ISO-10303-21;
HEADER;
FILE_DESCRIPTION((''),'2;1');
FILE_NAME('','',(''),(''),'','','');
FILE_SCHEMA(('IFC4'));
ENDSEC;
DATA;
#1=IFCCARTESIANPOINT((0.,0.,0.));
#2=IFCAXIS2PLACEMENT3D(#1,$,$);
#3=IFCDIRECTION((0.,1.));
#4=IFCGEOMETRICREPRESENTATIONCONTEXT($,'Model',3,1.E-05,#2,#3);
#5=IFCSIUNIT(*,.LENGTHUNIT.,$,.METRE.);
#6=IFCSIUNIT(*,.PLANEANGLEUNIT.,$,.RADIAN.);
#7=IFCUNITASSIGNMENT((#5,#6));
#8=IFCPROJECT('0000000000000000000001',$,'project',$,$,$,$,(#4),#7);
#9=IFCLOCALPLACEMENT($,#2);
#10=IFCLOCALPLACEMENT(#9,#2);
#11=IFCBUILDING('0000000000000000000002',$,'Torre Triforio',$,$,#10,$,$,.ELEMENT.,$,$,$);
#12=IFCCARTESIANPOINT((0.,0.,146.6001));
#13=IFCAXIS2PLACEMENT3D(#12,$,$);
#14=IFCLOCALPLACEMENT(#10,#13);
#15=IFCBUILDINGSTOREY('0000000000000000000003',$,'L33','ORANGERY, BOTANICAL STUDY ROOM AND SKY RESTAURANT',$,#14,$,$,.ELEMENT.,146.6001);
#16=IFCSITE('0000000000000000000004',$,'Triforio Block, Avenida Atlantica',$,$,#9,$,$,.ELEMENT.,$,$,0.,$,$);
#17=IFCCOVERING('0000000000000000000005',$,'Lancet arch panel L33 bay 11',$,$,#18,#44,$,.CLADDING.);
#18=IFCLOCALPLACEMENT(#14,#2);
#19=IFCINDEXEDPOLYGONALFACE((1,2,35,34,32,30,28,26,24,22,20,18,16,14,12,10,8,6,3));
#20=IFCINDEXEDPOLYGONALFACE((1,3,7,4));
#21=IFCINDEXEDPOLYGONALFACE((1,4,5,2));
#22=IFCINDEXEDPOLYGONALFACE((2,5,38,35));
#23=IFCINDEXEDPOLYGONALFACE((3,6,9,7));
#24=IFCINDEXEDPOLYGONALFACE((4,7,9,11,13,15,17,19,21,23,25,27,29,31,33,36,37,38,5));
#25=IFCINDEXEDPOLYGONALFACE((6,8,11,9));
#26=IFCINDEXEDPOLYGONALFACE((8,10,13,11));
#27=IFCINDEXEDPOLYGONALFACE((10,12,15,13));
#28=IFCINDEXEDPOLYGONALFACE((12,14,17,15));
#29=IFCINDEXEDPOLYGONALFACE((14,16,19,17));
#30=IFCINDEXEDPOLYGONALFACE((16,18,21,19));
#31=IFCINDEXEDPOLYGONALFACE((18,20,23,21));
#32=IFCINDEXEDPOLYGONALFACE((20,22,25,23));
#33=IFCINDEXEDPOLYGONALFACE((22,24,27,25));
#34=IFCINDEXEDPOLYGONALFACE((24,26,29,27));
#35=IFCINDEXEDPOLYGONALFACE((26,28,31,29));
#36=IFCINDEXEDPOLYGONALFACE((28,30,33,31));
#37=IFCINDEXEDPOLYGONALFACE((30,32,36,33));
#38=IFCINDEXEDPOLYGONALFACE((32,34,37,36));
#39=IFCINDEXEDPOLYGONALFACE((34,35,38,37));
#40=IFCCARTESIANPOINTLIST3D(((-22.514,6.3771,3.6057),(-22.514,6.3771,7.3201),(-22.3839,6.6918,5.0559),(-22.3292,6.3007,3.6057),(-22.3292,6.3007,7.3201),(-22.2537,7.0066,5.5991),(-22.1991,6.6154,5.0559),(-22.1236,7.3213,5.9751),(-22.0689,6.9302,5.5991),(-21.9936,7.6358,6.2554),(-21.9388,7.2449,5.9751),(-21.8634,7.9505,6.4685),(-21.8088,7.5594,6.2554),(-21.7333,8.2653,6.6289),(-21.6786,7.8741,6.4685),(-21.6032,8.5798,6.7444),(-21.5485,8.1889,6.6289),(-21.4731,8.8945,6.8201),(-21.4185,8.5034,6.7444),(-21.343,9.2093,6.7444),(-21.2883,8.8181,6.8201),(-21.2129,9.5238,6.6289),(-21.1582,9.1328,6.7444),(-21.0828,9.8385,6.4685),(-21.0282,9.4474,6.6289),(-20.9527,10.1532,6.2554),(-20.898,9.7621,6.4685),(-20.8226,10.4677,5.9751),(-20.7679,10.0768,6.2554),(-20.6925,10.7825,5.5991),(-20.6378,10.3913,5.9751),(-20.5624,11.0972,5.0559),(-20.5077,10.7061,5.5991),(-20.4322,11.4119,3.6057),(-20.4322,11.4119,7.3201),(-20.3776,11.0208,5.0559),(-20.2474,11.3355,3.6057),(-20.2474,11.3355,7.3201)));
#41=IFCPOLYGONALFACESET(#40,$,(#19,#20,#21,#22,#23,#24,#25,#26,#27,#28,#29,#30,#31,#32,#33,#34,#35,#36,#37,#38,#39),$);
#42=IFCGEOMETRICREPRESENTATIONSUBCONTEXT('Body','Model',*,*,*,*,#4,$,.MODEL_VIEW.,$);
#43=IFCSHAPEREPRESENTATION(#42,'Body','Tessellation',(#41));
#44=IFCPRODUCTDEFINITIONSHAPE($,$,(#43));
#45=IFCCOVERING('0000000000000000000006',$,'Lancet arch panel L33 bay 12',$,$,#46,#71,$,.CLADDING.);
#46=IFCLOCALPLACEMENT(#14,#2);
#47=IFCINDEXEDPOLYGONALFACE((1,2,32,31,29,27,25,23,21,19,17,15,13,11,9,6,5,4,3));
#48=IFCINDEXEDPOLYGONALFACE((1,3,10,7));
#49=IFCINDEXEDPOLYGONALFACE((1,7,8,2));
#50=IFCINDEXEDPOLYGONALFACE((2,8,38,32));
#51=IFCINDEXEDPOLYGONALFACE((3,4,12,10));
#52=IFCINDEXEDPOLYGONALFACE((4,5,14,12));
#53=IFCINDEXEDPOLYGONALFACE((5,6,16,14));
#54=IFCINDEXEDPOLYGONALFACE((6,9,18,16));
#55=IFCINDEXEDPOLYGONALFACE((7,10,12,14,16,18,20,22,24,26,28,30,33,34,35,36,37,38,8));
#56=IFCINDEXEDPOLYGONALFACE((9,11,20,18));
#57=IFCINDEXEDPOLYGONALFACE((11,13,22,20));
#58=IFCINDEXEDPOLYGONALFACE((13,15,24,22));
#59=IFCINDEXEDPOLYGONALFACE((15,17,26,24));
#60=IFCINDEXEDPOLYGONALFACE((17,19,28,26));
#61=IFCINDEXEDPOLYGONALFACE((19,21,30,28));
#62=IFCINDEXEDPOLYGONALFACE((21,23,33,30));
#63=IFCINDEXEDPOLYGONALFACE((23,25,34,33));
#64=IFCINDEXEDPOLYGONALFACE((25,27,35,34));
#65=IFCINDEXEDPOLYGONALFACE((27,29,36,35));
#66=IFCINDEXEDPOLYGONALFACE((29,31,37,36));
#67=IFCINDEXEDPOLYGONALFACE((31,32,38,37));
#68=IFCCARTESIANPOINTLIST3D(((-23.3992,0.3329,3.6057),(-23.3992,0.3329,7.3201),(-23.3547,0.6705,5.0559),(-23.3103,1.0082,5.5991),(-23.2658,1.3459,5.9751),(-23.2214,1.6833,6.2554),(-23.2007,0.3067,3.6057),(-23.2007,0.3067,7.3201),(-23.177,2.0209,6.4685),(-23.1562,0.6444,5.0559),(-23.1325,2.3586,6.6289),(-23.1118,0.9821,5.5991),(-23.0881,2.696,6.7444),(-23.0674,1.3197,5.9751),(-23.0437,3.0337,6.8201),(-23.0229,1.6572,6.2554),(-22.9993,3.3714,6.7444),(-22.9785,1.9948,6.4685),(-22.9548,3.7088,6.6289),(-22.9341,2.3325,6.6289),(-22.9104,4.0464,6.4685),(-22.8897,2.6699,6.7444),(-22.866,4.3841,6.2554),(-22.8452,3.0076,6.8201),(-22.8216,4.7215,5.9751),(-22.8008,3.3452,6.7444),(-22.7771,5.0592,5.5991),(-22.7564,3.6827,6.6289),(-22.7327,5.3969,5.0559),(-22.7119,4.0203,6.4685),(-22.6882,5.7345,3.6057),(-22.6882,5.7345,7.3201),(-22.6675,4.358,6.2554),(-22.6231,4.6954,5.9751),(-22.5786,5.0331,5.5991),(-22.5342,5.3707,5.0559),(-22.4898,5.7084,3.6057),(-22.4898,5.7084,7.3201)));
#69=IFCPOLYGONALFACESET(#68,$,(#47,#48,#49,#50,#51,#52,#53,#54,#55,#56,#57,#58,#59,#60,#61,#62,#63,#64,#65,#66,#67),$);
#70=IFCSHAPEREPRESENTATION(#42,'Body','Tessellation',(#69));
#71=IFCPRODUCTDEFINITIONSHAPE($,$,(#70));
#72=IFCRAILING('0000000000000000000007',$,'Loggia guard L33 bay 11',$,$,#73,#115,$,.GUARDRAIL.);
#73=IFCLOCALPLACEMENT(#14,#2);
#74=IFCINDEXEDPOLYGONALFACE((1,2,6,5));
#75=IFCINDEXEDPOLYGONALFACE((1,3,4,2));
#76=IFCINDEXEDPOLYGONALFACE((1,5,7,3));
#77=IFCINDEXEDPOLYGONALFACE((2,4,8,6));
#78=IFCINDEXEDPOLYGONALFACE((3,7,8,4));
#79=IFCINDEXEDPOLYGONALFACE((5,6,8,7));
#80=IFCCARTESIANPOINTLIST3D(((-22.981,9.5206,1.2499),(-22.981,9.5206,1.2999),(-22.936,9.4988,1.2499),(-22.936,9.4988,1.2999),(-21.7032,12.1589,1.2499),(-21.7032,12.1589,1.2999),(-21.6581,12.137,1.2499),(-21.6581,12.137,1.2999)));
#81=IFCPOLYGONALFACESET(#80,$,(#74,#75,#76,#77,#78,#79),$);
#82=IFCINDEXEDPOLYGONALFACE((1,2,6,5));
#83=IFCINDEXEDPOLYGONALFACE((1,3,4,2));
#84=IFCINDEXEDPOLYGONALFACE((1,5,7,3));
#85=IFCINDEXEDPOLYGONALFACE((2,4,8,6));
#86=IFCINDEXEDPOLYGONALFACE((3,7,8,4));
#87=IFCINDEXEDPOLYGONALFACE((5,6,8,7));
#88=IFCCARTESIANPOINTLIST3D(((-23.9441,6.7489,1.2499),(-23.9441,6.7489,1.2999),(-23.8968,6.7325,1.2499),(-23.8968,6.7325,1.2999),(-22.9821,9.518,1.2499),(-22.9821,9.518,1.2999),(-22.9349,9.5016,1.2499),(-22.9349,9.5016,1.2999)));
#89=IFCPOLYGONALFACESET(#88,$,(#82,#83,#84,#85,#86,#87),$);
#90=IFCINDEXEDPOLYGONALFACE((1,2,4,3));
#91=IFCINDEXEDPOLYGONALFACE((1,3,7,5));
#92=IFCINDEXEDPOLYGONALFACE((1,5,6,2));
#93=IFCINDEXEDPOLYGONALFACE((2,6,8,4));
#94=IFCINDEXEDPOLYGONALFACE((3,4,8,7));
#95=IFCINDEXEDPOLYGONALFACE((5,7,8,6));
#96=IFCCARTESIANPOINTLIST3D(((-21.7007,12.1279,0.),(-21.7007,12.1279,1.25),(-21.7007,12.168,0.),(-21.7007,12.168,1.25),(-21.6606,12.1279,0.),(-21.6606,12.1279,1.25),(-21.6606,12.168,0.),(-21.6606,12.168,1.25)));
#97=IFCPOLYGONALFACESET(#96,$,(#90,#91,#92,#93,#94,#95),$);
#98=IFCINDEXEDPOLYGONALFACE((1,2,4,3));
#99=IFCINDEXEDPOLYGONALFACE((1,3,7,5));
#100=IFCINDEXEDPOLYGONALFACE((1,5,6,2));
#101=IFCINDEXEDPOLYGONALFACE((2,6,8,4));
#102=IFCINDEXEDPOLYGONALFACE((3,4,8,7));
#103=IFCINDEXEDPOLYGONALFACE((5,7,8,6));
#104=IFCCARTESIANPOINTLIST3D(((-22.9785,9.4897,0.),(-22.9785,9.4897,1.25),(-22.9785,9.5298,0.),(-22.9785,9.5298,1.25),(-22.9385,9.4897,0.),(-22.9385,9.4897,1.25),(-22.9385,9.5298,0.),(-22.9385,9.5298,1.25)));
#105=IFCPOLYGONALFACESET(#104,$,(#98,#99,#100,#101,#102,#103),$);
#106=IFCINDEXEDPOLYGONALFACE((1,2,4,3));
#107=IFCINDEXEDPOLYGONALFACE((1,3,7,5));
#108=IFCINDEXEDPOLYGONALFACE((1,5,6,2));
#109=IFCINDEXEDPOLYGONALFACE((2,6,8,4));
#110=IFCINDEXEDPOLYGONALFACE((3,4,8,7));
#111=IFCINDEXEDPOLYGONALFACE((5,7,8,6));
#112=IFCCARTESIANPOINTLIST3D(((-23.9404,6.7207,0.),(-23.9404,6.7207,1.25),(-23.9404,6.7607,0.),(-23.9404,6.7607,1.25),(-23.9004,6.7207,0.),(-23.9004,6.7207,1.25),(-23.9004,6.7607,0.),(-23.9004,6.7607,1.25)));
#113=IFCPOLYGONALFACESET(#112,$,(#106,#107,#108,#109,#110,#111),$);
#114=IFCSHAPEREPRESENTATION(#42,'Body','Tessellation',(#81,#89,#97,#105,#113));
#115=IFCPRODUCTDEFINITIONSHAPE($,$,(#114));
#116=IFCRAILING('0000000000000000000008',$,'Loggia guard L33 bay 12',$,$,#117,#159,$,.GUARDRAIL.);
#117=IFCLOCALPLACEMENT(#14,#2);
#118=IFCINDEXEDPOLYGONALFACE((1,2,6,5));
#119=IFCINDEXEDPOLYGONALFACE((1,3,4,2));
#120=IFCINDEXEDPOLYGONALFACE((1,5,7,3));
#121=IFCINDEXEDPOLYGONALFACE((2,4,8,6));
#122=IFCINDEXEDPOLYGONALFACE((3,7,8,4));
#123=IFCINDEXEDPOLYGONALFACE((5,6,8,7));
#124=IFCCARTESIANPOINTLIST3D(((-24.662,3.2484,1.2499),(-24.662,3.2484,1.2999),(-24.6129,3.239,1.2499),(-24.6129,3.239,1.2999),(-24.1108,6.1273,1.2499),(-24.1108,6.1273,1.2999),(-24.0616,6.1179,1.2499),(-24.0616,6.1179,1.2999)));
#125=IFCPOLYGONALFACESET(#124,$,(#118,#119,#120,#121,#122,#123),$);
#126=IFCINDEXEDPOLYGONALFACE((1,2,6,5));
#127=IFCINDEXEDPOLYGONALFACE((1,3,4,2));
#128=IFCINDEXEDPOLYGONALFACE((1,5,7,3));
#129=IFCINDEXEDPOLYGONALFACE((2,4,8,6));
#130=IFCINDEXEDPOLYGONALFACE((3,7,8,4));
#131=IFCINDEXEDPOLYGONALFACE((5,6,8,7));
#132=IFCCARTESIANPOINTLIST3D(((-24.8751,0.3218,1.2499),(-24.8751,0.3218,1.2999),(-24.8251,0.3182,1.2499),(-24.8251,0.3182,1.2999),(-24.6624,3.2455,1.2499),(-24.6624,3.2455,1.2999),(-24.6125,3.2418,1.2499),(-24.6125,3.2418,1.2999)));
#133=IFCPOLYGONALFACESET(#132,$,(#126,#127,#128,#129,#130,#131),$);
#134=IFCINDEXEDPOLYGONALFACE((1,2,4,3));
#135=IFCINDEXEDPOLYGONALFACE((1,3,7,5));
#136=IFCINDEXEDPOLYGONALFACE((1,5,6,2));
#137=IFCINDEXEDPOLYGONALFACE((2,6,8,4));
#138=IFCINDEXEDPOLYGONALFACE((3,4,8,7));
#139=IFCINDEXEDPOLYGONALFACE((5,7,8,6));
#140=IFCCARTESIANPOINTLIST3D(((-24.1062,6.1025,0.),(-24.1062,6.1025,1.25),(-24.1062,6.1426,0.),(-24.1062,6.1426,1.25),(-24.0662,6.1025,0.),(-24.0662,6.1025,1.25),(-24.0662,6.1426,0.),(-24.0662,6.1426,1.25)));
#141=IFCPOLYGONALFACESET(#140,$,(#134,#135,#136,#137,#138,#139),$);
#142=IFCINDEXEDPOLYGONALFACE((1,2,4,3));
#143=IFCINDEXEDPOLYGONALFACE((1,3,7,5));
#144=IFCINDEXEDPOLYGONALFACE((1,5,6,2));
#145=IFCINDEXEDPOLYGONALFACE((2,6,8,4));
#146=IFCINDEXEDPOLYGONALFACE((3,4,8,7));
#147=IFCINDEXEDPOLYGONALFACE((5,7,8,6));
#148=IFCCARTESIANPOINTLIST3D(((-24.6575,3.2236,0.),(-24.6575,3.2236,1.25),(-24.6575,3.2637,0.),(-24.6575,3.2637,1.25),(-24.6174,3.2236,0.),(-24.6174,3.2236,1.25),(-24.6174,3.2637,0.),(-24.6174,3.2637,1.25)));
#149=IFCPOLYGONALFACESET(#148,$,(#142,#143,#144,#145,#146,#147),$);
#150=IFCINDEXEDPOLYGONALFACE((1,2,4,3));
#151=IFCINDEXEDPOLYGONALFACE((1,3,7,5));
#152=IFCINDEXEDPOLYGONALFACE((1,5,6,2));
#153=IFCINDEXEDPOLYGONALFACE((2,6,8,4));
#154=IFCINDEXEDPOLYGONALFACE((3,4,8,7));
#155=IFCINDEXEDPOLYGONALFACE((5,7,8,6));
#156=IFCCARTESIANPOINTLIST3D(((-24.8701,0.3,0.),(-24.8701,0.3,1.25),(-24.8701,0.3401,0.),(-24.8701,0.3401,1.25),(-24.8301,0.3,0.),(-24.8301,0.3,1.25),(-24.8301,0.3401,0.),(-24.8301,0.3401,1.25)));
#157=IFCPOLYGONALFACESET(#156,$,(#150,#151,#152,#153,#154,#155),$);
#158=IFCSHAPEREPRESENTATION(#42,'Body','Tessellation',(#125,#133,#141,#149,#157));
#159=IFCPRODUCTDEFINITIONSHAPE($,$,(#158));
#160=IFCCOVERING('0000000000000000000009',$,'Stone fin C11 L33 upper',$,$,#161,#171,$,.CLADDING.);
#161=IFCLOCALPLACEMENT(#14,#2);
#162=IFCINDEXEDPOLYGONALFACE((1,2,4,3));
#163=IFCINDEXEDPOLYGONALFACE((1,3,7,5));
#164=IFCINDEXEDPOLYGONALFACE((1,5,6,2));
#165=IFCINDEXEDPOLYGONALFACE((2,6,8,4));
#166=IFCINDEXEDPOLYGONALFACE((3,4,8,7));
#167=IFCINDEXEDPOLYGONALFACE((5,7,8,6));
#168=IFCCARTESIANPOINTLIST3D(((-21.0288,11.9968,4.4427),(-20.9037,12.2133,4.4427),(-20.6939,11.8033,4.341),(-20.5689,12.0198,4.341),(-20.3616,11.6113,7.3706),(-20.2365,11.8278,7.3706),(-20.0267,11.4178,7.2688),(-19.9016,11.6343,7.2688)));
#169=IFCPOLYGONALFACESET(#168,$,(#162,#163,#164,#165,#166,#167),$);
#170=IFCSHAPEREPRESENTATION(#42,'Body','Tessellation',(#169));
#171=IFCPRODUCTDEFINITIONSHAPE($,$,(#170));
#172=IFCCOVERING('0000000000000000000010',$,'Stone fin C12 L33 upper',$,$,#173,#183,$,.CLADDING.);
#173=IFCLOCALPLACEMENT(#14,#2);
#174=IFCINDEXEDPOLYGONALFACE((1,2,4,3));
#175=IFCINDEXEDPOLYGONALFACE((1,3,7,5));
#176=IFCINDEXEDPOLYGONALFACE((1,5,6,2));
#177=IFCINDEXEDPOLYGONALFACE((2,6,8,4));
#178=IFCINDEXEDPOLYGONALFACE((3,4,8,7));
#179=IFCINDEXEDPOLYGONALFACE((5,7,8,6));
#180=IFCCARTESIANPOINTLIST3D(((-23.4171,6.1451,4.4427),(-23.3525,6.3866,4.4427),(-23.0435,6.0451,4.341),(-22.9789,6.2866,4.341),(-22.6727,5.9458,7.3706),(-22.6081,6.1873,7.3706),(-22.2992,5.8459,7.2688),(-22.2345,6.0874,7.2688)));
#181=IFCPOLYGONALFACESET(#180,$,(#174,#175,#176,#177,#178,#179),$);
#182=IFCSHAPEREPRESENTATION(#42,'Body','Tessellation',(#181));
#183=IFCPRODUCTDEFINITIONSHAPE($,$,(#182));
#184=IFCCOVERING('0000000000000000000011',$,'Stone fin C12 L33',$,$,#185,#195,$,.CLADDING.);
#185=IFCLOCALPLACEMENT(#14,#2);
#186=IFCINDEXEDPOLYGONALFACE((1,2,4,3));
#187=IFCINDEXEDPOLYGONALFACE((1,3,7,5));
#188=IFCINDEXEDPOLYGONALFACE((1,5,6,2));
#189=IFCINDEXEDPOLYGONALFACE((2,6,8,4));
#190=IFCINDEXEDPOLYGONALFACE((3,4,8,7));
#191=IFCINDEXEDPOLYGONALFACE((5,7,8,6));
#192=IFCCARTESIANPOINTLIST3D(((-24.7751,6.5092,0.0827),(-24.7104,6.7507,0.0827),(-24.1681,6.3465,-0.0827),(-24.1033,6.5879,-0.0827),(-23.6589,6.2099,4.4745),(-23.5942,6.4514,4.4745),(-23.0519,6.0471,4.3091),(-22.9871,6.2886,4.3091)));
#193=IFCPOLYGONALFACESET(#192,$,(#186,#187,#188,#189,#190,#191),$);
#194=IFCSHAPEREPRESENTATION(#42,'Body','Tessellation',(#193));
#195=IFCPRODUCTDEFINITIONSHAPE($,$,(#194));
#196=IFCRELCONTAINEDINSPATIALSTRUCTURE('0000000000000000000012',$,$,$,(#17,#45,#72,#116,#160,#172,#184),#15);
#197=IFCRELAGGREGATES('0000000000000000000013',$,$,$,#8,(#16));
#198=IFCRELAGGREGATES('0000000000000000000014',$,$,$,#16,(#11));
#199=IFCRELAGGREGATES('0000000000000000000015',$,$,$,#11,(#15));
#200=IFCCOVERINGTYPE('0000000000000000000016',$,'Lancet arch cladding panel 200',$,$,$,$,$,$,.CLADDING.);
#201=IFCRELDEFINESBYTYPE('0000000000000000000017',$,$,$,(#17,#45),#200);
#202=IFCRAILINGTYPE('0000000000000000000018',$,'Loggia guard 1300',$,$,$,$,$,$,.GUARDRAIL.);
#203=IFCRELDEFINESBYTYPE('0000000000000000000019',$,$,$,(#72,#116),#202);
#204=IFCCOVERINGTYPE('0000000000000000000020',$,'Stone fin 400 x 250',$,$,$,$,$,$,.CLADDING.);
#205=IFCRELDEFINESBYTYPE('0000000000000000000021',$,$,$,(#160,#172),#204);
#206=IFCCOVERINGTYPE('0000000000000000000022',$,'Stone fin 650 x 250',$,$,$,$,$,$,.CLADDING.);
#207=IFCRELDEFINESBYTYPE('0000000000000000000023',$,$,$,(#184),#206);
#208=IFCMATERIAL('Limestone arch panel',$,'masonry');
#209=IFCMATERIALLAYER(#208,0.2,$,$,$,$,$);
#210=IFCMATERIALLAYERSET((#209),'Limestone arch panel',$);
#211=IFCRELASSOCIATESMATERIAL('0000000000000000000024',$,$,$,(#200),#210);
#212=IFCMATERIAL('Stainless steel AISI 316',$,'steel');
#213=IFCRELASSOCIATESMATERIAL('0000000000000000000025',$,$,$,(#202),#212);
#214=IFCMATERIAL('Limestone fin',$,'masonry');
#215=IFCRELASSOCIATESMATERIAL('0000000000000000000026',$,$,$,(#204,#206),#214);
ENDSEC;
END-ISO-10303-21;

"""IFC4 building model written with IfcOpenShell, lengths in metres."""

from ifc_helpers import new_model, si_unit, direction, frame, origin, origin_2d, place, context, subcontext, project, spatial, polyline, rectangle, outline, extrude, material, layer, layer_set, material_profile, profile_set, type_object, element, save


model = new_model("IFC4")

# Units and contexts
model_context = context("Model", 3, precision=1e-05, world=origin(), true_north=direction((0.0, 1.0)))
body_context = subcontext(model_context, "Body", "Model", "MODEL_VIEW")
ifc_project = project(units=[si_unit("LENGTHUNIT", "METRE"), si_unit("PLANEANGLEUNIT", "RADIAN")], contexts=[model_context])

# Site, building, storey
site_placement = place(None, origin())
site = spatial("IfcSite", under=ifc_project, at=site_placement, Name="Triforio Block, Avenida Atlantica", CompositionType="ELEMENT", RefElevation=0.0)
building_placement = place(site_placement, origin())
building = spatial("IfcBuilding", under=site, at=building_placement, Name="Torre Triforio", CompositionType="ELEMENT")
storey_placement = place(building_placement, frame((0.0, 0.0, 146.6001)))
storey = spatial("IfcBuildingStorey", under=building, at=storey_placement, Name="L33", Description="ORANGERY, BOTANICAL STUDY ROOM AND SKY RESTAURANT", CompositionType="ELEMENT", Elevation=146.6001)

# Coverings
ifc_material_1 = material(Name="Limestone arch panel", Category="masonry")
ifc_layer_1 = layer(ifc_material_1, 0.2)
ifc_layer_set_1 = layer_set([ifc_layer_1], Name="Limestone arch panel")
covering_type_1 = type_object("IfcCoveringType", Name="Lancet arch cladding panel 200", PredefinedType="CLADDING", material=ifc_layer_set_1)
covering_1_placement = place(storey_placement, frame((-21.2883, 8.8181, 0.0), z_axis=(-0.924121, 0.3821, 0.0), x_axis=(-0.3821, -0.924121, 0.0)))
element("IfcCovering", 1, at=covering_1_placement, inside=storey, type_object=covering_type_1, Name="Lancet arch panel L33 bay 11", PredefinedType="CLADDING", context=body_context, shape_type="SweptSolid", body=[
    extrude(outline(polyline([(-2.7241, 7.3201), (-2.7241, 3.6057), (-2.3835, 5.0559), (-2.043, 5.5991), (-1.7024, 5.9751), (-1.3621, 6.2554), (-1.0215, 6.4685), (-0.6809, 6.6289), (-0.3406, 6.7444), (0.0, 6.8201), (0.3406, 6.7444), (0.6809, 6.6289), (1.0215, 6.4685), (1.3621, 6.2554), (1.7024, 5.9751), (2.043, 5.5991), (2.3835, 5.0559), (2.7241, 3.6057), (2.7241, 7.3201), (-2.7241, 7.3201)])), origin(), (0.0, 0.0, 1.0), 0.2),
])
covering_2_placement = place(storey_placement, frame((-22.8452, 3.0076, 0.0), z_axis=(-0.99145, 0.130486, 0.0), x_axis=(-0.130486, -0.99145, 0.0)))
element("IfcCovering", 2, at=covering_2_placement, inside=storey, type_object=covering_type_1, Name="Lancet arch panel L33 bay 12", PredefinedType="CLADDING", context=body_context, shape_type="SweptSolid", body=[
    extrude(outline(polyline([(-2.7241, 7.3201), (-2.7241, 3.6057), (-2.3835, 5.0559), (-2.043, 5.5991), (-1.7024, 5.9751), (-1.3621, 6.2554), (-1.0215, 6.4685), (-0.6809, 6.6289), (-0.3406, 6.7444), (0.0, 6.8201), (0.3406, 6.7444), (0.6809, 6.6289), (1.0215, 6.4685), (1.3621, 6.2554), (1.7024, 5.9751), (2.043, 5.5991), (2.3835, 5.0559), (2.7241, 3.6057), (2.7241, 7.3201), (-2.7241, 7.3201)])), origin(), (0.0, 0.0, 1.0), 0.2002),
])

# Railings
ifc_material_2 = material(Name="Stainless steel AISI 316", Category="steel")
railing_type = type_object("IfcRailingType", Name="Loggia guard 1300", PredefinedType="GUARDRAIL", material=ifc_material_2)
railing_1_placement = place(storey_placement, frame((-21.6807, 12.1479, 0.0)))
element("IfcRailing", 3, at=railing_1_placement, inside=storey, type_object=railing_type, Name="Loggia guard L33 bay 11", PredefinedType="GUARDRAIL", context=body_context, shape_type="SweptSolid", body=[
    extrude(rectangle(XDim=0.05, YDim=0.05, at=origin_2d()), frame((0.0, 0.0, 1.2749), z_axis=(-0.435918, -0.899986, 0.0), x_axis=(0.899986, -0.435918, 0.0)), (0.0, 0.0, 1.0), 2.9314),
    extrude(rectangle(XDim=0.05, YDim=0.05, at=origin_2d()), frame((-1.2778, -2.6382, 1.2749), z_axis=(-0.328146, -0.944627, 0.0), x_axis=(0.944627, -0.328146, 0.0)), (0.0, 0.0, 1.0), 2.9314),
    extrude(rectangle(XDim=0.04, YDim=0.04, at=origin_2d()), origin(), (0.0, 0.0, 1.0), 1.25),
    extrude(rectangle(XDim=0.04, YDim=0.04, at=origin_2d()), frame((-1.2778, -2.6382, 0.0)), (0.0, 0.0, 1.0), 1.25),
    extrude(rectangle(XDim=0.04, YDim=0.04, at=origin_2d()), frame((-2.2397, -5.4072, 0.0)), (0.0, 0.0, 1.0), 1.25),
])
railing_2_placement = place(storey_placement, frame((-24.0862, 6.1226, 0.0)))
element("IfcRailing", 4, at=railing_2_placement, inside=storey, type_object=railing_type, Name="Loggia guard L33 bay 12", PredefinedType="GUARDRAIL", context=body_context, shape_type="SweptSolid", body=[
    extrude(rectangle(XDim=0.05, YDim=0.05, at=origin_2d()), frame((0.0, 0.0, 1.2749), z_axis=(-0.188069, -0.982156, 0.0), x_axis=(0.982156, -0.188069, 0.0)), (0.0, 0.0, 1.0), 2.9312),
    extrude(rectangle(XDim=0.05, YDim=0.05, at=origin_2d()), frame((-0.5513, -2.8789, 1.2749), z_axis=(-0.072543, -0.997365, 0.0), x_axis=(0.997365, -0.072543, 0.0)), (0.0, 0.0, 1.0), 2.9314),
    extrude(rectangle(XDim=0.04, YDim=0.04, at=origin_2d()), origin(), (0.0, 0.0, 1.0), 1.25),
    extrude(rectangle(XDim=0.04, YDim=0.04, at=origin_2d()), frame((-0.5513, -2.8789, 0.0)), (0.0, 0.0, 1.0), 1.25),
    extrude(rectangle(XDim=0.04, YDim=0.04, at=origin_2d()), frame((-0.7639, -5.8025, 0.0)), (0.0, 0.0, 1.0), 1.25),
])

# Coverings
ifc_material_3 = material(Name="Limestone fin", Category="masonry")
ifc_material_profile_1 = material_profile(ifc_material_3, rectangle(XDim=0.3999, YDim=0.25, at=origin_2d()), Name="FIN 400x250")
ifc_profile_set_1 = profile_set([ifc_material_profile_1], Name="Limestone fin")
covering_type_2 = type_object("IfcCoveringType", Name="Stone fin 400 x 250", PredefinedType="CLADDING", material=ifc_profile_set_1)
for number, where, z_axis, x_axis, name in (
    (5, (-20.7988, 12.0083, 4.3918), (0.220378, -0.127324, 0.967069), (-0.83736, 0.483787, 0.254516), "Stone fin C11 L33 upper"),
    (6, (-23.198, 6.2158, 4.3918), (0.24586, -0.065799, 0.96707), (-0.934192, 0.250017, 0.254512), "Stone fin C12 L33 upper"),
):
    element("IfcCovering", number, at=place(storey_placement, frame(where, z_axis=z_axis, x_axis=x_axis)), inside=storey, type_object=covering_type_2, Name=name, PredefinedType="CLADDING", context=body_context, shape_type="SweptSolid", body=[
        extrude(rectangle(XDim=0.3999, YDim=0.25, at=origin_2d()), origin(), (0.0, 0.0, 1.0), 3.0276),
    ])
ifc_material_profile_2 = material_profile(ifc_material_3, rectangle(XDim=0.6499, YDim=0.25, at=origin_2d()), Name="FIN 650x250")
ifc_profile_set_2 = profile_set([ifc_material_profile_2], Name="Limestone fin")
covering_type_3 = type_object("IfcCoveringType", Name="Stone fin 650 x 250", PredefinedType="CLADDING", material=ifc_profile_set_2)
covering_3_placement = place(storey_placement, frame((-24.4392, 6.5486, 0.0), z_axis=(0.245789, -0.065909, 0.96708), x_axis=(-0.93408, 0.250477, 0.254472)))
element("IfcCovering", 7, at=covering_3_placement, inside=storey, type_object=covering_type_3, Name="Stone fin C12 L33", PredefinedType="CLADDING", context=body_context, shape_type="SweptSolid", body=[
    extrude(rectangle(XDim=0.6499, YDim=0.25, at=origin_2d()), origin(), (0.0, 0.0, 1.0), 4.5413),
])

save(model, "model.ifc")
